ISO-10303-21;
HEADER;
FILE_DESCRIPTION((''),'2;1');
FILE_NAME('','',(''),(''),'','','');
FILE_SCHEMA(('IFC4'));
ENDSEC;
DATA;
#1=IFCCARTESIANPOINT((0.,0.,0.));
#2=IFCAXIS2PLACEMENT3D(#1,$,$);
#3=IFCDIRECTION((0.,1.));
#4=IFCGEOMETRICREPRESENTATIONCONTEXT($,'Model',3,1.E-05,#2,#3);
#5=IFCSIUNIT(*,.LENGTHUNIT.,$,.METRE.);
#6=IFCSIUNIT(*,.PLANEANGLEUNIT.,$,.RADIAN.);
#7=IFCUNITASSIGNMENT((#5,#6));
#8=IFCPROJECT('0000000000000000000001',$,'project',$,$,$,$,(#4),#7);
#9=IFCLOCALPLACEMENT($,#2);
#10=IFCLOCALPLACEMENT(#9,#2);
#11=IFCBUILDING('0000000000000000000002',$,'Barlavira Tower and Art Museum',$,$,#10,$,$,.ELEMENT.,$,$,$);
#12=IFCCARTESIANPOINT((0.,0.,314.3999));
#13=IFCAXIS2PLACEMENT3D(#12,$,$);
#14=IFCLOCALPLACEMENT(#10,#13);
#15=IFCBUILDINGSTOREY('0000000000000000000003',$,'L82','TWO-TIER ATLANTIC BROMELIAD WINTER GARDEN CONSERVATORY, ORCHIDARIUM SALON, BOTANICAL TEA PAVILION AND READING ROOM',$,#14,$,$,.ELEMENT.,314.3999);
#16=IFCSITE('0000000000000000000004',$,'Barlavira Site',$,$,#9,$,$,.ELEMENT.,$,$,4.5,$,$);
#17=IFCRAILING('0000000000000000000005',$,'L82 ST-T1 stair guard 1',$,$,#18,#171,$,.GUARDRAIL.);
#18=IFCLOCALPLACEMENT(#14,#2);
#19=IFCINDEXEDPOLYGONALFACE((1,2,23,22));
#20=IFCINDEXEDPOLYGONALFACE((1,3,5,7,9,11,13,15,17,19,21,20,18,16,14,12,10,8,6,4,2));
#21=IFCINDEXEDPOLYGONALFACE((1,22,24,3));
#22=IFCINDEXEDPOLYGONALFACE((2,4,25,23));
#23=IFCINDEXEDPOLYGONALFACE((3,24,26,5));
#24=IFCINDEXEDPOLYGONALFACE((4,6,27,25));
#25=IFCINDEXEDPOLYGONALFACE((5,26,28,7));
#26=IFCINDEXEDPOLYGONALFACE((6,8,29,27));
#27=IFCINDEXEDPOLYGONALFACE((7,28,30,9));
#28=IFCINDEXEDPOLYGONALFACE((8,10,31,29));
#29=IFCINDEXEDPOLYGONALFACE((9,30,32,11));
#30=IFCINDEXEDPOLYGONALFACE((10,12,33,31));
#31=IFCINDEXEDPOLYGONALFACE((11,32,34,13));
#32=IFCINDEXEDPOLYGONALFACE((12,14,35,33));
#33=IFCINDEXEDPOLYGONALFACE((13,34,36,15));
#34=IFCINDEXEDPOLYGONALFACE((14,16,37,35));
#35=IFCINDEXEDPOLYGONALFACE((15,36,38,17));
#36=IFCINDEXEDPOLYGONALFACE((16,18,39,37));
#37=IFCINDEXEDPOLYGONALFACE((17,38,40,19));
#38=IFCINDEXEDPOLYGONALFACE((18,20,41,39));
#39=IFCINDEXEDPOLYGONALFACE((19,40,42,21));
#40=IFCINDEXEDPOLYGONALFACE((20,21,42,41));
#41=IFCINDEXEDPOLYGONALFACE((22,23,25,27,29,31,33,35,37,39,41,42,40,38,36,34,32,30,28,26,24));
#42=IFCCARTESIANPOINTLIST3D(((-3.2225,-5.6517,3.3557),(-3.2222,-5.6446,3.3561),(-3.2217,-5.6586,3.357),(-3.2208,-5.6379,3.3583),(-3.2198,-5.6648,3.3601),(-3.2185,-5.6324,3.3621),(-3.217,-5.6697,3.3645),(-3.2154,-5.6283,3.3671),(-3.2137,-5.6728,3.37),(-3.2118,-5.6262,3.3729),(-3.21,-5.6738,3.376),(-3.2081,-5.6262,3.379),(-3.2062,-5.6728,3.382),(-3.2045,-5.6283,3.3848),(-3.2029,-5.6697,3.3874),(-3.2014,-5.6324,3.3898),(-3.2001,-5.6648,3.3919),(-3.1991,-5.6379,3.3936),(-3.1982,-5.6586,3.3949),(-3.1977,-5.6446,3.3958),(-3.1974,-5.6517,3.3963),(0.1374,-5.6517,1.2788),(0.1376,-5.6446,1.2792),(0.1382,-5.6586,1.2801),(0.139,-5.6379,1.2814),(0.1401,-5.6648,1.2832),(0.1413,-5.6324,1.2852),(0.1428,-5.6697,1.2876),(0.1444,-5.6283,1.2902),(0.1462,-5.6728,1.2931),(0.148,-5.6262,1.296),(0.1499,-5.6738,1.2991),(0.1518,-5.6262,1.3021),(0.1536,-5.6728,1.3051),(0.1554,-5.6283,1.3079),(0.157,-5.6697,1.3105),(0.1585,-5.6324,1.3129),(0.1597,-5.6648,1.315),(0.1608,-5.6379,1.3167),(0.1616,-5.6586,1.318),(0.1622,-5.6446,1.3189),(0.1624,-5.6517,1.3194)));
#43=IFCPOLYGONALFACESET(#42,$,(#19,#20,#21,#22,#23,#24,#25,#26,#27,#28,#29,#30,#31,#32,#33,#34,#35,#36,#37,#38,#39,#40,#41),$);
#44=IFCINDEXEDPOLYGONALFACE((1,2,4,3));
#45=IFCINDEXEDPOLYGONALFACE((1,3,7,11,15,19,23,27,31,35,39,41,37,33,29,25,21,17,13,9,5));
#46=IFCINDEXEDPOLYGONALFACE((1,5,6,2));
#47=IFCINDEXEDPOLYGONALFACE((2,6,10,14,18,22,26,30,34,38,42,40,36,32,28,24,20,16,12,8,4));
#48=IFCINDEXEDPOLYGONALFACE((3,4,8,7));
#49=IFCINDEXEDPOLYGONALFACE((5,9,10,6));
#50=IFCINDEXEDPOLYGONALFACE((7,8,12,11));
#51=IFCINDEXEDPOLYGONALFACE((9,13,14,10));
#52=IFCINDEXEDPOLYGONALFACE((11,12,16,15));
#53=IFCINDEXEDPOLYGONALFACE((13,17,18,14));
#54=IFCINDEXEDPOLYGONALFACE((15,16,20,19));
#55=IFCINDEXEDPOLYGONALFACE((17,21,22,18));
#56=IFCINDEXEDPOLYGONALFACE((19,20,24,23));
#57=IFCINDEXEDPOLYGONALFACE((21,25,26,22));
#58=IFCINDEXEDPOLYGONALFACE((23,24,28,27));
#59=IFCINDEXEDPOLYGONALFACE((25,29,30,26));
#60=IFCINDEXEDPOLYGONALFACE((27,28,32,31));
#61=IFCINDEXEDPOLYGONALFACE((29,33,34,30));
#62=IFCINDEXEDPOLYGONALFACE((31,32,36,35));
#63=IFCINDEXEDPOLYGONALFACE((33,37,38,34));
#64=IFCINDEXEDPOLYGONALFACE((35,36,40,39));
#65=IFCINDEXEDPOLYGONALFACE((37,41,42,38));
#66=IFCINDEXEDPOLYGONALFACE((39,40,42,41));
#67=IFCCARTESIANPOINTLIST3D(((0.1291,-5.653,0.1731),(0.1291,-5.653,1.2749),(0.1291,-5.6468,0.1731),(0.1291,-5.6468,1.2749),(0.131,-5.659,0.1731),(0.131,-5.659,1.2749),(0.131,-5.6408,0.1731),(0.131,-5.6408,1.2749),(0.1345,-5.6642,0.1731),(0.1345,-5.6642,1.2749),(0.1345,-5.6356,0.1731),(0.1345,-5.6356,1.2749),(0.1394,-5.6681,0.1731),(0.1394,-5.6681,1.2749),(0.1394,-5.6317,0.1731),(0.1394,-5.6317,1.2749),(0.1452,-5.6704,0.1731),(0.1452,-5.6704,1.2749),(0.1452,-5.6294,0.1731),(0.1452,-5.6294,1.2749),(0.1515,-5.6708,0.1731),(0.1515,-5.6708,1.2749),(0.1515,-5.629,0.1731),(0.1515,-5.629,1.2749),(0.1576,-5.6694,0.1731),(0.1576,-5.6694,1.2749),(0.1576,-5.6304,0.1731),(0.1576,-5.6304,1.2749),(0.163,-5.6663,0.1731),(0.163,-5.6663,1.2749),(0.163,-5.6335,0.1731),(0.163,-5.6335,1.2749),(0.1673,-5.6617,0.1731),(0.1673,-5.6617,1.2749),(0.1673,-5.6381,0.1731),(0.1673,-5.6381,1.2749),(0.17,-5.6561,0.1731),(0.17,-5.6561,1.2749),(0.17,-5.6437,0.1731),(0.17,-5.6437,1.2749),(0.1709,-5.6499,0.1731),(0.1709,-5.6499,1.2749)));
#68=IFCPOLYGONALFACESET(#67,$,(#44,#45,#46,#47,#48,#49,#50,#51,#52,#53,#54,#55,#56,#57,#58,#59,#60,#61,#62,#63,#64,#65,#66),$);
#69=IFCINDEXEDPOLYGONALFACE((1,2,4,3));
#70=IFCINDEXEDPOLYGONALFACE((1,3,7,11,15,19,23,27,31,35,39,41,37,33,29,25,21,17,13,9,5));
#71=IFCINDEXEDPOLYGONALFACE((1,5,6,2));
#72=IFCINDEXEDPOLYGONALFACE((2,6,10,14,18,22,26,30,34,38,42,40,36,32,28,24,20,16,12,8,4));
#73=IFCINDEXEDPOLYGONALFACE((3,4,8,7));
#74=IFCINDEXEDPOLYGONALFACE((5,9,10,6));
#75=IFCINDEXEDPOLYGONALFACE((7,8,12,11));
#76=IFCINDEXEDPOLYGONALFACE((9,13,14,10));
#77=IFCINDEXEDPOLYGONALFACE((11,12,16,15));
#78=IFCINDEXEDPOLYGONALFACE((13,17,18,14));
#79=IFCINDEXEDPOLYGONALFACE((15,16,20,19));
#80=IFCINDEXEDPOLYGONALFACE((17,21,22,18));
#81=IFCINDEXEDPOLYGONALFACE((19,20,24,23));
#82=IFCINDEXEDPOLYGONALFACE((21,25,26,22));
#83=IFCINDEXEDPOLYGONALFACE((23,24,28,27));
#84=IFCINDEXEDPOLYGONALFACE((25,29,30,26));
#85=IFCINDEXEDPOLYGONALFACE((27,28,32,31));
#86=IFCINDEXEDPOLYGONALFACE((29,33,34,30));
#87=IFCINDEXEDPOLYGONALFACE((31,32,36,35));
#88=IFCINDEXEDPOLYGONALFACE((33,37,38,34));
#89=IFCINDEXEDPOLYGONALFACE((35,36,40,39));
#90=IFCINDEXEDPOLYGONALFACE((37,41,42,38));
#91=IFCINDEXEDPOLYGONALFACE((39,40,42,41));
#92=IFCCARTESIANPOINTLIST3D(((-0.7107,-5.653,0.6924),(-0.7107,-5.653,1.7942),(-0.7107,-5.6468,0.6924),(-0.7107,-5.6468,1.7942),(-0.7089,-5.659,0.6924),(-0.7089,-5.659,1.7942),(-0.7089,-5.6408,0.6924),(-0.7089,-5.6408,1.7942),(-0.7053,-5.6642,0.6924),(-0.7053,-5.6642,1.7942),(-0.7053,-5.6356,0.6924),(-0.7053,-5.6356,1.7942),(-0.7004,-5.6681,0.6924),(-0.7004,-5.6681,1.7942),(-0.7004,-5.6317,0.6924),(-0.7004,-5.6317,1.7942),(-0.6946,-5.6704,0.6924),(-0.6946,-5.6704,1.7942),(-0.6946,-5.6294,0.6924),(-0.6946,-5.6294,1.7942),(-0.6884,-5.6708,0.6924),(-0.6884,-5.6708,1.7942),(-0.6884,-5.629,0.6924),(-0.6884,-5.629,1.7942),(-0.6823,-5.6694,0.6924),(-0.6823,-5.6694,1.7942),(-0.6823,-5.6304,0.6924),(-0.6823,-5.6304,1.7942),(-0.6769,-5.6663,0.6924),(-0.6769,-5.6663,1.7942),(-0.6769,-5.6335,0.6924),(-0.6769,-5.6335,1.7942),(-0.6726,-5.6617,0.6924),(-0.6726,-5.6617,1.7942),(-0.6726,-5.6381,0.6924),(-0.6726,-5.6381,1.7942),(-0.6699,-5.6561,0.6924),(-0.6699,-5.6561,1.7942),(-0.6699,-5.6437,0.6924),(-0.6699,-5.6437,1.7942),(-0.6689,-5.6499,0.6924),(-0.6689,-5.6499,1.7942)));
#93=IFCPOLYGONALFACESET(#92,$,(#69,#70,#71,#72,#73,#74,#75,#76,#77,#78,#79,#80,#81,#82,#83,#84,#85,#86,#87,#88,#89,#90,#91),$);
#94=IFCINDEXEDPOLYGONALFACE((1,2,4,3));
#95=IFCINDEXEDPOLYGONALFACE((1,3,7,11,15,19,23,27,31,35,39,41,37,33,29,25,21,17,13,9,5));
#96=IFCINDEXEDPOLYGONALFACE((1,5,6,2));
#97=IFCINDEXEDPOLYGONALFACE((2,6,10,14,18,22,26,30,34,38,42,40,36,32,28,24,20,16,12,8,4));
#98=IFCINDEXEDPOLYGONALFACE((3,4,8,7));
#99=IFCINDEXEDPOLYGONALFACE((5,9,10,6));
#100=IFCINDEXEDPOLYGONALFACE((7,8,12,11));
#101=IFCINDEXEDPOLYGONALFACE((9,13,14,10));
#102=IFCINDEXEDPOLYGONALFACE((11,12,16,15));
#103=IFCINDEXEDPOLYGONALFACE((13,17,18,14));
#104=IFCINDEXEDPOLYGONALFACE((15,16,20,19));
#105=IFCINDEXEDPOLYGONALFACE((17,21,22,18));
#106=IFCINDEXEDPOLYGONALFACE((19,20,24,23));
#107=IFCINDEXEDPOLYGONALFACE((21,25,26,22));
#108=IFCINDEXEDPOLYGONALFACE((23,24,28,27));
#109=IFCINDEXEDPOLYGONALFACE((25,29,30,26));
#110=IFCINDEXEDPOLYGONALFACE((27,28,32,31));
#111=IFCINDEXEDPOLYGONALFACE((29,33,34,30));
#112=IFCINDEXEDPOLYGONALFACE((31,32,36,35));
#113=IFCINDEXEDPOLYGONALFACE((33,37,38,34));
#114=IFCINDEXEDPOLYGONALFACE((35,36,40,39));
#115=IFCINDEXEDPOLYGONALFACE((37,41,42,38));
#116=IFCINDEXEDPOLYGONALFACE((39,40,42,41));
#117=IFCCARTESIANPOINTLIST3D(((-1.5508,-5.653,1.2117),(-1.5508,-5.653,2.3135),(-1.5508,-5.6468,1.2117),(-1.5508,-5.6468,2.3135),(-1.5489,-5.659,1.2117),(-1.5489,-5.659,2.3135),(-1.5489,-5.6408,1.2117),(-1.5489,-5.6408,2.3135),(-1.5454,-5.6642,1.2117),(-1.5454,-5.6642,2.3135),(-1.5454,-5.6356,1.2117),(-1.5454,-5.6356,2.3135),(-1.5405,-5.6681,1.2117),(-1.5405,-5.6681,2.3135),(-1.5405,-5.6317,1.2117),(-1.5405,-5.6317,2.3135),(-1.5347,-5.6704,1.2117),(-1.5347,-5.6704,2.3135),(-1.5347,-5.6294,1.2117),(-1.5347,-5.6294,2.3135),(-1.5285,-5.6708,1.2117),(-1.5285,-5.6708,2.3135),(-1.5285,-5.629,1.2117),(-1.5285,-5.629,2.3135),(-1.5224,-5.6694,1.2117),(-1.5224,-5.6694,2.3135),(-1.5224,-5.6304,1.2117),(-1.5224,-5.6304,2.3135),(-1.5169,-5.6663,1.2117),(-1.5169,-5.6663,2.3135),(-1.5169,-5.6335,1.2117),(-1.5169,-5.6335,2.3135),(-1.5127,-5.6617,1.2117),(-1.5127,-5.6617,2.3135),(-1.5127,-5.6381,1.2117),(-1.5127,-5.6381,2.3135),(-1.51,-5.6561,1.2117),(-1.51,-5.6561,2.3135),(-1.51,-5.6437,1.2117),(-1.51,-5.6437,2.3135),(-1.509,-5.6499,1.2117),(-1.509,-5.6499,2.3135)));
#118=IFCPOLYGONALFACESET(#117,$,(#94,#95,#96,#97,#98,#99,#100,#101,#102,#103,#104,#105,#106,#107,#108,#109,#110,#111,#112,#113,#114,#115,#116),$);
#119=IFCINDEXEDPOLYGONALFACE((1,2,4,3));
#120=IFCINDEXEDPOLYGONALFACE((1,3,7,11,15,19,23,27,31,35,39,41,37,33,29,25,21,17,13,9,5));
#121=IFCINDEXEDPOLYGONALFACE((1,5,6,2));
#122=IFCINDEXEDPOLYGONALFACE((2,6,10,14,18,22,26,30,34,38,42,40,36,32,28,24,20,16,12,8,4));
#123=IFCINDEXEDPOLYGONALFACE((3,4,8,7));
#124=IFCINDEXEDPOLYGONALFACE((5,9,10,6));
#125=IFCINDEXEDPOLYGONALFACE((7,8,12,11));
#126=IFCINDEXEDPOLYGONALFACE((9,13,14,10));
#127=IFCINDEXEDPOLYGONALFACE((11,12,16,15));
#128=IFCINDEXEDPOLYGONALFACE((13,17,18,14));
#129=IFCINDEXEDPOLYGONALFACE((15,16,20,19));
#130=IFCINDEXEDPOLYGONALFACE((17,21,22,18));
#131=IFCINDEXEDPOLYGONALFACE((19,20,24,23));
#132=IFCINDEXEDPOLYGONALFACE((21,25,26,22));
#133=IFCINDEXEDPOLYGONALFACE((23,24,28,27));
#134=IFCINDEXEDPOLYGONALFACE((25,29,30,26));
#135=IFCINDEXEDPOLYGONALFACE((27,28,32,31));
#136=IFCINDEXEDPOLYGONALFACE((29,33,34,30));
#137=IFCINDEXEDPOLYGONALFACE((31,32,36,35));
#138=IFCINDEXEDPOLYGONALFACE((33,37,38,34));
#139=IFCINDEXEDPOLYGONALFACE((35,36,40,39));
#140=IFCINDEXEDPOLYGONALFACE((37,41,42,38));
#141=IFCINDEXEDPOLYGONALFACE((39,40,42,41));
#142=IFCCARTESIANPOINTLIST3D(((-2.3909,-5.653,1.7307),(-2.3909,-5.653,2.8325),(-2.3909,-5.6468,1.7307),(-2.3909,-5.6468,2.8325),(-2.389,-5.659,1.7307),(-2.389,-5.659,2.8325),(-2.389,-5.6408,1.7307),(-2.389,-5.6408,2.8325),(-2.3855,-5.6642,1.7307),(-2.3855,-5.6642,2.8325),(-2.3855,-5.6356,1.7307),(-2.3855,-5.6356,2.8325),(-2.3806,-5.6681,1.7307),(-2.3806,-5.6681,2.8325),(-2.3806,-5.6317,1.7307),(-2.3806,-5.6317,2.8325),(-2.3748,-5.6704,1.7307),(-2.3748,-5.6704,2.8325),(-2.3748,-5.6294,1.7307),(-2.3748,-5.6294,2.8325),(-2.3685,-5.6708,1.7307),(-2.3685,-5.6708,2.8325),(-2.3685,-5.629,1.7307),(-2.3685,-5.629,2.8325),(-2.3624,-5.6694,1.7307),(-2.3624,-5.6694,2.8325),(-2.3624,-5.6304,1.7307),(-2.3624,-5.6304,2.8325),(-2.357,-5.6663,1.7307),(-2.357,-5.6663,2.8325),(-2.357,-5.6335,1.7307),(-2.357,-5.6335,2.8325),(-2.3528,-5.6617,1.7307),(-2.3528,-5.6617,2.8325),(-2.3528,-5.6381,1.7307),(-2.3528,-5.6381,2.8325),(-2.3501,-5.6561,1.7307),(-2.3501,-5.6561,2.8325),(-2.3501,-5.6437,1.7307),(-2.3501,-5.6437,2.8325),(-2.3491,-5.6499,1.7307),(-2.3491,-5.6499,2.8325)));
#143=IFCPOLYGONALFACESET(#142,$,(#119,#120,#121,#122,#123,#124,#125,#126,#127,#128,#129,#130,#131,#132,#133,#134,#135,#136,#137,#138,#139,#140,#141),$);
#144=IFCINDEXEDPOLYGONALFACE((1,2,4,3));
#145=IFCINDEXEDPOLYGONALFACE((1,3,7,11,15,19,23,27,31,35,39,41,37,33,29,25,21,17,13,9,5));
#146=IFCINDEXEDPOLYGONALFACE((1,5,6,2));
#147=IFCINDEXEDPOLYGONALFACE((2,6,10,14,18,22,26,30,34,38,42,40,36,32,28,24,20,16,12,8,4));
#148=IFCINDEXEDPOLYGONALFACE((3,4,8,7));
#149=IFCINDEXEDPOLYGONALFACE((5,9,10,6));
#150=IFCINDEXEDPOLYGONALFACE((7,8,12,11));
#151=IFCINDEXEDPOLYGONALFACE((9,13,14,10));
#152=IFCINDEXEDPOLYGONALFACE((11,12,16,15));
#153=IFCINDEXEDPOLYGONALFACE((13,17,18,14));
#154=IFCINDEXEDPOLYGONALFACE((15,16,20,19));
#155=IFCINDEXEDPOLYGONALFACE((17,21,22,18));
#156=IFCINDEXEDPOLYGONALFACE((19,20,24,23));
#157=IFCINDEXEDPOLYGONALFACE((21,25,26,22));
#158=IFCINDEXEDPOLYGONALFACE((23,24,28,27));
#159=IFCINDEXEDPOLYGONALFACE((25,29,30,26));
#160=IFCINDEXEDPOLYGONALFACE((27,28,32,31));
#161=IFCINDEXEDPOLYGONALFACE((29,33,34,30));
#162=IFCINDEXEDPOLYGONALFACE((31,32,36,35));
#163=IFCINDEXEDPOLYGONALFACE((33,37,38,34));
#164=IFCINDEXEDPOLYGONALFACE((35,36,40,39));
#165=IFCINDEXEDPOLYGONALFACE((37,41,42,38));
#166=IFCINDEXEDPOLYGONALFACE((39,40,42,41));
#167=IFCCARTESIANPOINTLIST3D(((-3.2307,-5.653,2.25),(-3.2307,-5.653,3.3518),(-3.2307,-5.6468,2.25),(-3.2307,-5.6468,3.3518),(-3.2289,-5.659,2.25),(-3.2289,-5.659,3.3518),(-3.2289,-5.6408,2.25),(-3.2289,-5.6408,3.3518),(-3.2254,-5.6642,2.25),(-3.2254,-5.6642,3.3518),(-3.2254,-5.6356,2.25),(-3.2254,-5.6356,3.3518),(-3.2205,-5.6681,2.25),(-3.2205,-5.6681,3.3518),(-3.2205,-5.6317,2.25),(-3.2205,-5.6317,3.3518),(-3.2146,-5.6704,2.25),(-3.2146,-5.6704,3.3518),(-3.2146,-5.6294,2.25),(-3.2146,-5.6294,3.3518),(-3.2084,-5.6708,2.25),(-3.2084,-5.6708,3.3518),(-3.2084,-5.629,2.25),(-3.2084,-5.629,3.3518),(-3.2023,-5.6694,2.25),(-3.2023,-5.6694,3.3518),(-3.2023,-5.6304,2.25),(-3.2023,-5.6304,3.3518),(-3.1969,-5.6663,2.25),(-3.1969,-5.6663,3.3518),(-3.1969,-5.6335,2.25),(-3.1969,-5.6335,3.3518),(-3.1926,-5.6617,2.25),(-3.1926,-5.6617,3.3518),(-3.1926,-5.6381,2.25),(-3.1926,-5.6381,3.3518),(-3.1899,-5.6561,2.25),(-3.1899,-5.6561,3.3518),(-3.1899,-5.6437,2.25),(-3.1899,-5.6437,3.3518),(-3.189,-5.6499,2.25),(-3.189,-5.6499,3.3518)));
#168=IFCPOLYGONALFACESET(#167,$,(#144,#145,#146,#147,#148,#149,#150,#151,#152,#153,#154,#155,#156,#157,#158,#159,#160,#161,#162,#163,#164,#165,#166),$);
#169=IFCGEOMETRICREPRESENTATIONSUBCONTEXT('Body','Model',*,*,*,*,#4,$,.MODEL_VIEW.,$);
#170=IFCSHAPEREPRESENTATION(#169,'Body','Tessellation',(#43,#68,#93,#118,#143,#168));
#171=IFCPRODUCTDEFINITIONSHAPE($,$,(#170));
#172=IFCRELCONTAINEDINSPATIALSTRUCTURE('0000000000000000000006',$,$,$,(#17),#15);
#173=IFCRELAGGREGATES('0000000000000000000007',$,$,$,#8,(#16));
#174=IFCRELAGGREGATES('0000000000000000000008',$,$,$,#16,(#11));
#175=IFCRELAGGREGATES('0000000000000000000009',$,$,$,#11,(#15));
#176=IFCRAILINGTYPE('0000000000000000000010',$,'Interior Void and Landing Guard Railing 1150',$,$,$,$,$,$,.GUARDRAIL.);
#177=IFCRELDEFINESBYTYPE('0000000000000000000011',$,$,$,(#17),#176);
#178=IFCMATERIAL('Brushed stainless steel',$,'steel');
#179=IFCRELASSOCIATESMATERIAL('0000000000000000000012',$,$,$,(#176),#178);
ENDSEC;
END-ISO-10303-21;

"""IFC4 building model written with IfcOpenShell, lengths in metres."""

from ifc_helpers import new_model, si_unit, direction, frame, origin, origin_2d, place, context, subcontext, project, spatial, circle, extrude, material, type_object, element, save


model = new_model("IFC4")

# Units and contexts
model_context = context("Model", 3, precision=1e-05, world=origin(), true_north=direction((0.0, 1.0)))
body_context = subcontext(model_context, "Body", "Model", "MODEL_VIEW")
ifc_project = project(units=[si_unit("LENGTHUNIT", "METRE"), si_unit("PLANEANGLEUNIT", "RADIAN")], contexts=[model_context])

# Site, building, storey
site_placement = place(None, origin())
site = spatial("IfcSite", under=ifc_project, at=site_placement, Name="Barlavira Site", CompositionType="ELEMENT", RefElevation=4.5)
building_placement = place(site_placement, origin())
building = spatial("IfcBuilding", under=site, at=building_placement, Name="Barlavira Tower and Art Museum", CompositionType="ELEMENT")
storey_placement = place(building_placement, frame((0.0, 0.0, 314.3999)))
storey = spatial("IfcBuildingStorey", under=building, at=storey_placement, Name="L82", Description="TWO-TIER ATLANTIC BROMELIAD WINTER GARDEN CONSERVATORY, ORCHIDARIUM SALON, BOTANICAL TEA PAVILION AND READING ROOM", CompositionType="ELEMENT", Elevation=314.3999)

# Shared definitions
ifc_material_1 = material(Name="Brushed stainless steel", Category="steel")

# Railing
railing_type_1 = type_object("IfcRailingType", Name="Interior Void and Landing Guard Railing 1150", PredefinedType="GUARDRAIL", material=ifc_material_1)
railing_1_placement = place(storey_placement, frame((0.1499, -5.6499, 0.1731)))
element("IfcRailing", 1, at=railing_1_placement, inside=storey, type_object=railing_type_1, Name="L82 ST-T1 stair guard 1", PredefinedType="GUARDRAIL", context=body_context, shape_type="SweptSolid", body=[
    extrude(circle(Radius=0.0239, at=origin_2d()), frame((0.0, 0.0, 1.126), z_axis=(-0.850606, 0.0, 0.525803), x_axis=(0.0, -1.0, 0.0)), (0.0, 0.0, 1.0), 3.95),
    extrude(circle(Radius=0.021, at=origin_2d()), origin(), (0.0, 0.0, 1.0), 1.1018),
    extrude(circle(Radius=0.021, at=origin_2d()), frame((-0.8398, 0.0, 0.5193)), (0.0, 0.0, 1.0), 1.1018),
    extrude(circle(Radius=0.021, at=origin_2d()), frame((-1.6799, 0.0, 1.0386)), (0.0, 0.0, 1.0), 1.1018),
    extrude(circle(Radius=0.021, at=origin_2d()), frame((-2.52, 0.0, 1.5576)), (0.0, 0.0, 1.0), 1.1018),
    extrude(circle(Radius=0.021, at=origin_2d()), frame((-3.3599, 0.0, 2.0769)), (0.0, 0.0, 1.0), 1.1018),
])

save(model, "model.ifc")
